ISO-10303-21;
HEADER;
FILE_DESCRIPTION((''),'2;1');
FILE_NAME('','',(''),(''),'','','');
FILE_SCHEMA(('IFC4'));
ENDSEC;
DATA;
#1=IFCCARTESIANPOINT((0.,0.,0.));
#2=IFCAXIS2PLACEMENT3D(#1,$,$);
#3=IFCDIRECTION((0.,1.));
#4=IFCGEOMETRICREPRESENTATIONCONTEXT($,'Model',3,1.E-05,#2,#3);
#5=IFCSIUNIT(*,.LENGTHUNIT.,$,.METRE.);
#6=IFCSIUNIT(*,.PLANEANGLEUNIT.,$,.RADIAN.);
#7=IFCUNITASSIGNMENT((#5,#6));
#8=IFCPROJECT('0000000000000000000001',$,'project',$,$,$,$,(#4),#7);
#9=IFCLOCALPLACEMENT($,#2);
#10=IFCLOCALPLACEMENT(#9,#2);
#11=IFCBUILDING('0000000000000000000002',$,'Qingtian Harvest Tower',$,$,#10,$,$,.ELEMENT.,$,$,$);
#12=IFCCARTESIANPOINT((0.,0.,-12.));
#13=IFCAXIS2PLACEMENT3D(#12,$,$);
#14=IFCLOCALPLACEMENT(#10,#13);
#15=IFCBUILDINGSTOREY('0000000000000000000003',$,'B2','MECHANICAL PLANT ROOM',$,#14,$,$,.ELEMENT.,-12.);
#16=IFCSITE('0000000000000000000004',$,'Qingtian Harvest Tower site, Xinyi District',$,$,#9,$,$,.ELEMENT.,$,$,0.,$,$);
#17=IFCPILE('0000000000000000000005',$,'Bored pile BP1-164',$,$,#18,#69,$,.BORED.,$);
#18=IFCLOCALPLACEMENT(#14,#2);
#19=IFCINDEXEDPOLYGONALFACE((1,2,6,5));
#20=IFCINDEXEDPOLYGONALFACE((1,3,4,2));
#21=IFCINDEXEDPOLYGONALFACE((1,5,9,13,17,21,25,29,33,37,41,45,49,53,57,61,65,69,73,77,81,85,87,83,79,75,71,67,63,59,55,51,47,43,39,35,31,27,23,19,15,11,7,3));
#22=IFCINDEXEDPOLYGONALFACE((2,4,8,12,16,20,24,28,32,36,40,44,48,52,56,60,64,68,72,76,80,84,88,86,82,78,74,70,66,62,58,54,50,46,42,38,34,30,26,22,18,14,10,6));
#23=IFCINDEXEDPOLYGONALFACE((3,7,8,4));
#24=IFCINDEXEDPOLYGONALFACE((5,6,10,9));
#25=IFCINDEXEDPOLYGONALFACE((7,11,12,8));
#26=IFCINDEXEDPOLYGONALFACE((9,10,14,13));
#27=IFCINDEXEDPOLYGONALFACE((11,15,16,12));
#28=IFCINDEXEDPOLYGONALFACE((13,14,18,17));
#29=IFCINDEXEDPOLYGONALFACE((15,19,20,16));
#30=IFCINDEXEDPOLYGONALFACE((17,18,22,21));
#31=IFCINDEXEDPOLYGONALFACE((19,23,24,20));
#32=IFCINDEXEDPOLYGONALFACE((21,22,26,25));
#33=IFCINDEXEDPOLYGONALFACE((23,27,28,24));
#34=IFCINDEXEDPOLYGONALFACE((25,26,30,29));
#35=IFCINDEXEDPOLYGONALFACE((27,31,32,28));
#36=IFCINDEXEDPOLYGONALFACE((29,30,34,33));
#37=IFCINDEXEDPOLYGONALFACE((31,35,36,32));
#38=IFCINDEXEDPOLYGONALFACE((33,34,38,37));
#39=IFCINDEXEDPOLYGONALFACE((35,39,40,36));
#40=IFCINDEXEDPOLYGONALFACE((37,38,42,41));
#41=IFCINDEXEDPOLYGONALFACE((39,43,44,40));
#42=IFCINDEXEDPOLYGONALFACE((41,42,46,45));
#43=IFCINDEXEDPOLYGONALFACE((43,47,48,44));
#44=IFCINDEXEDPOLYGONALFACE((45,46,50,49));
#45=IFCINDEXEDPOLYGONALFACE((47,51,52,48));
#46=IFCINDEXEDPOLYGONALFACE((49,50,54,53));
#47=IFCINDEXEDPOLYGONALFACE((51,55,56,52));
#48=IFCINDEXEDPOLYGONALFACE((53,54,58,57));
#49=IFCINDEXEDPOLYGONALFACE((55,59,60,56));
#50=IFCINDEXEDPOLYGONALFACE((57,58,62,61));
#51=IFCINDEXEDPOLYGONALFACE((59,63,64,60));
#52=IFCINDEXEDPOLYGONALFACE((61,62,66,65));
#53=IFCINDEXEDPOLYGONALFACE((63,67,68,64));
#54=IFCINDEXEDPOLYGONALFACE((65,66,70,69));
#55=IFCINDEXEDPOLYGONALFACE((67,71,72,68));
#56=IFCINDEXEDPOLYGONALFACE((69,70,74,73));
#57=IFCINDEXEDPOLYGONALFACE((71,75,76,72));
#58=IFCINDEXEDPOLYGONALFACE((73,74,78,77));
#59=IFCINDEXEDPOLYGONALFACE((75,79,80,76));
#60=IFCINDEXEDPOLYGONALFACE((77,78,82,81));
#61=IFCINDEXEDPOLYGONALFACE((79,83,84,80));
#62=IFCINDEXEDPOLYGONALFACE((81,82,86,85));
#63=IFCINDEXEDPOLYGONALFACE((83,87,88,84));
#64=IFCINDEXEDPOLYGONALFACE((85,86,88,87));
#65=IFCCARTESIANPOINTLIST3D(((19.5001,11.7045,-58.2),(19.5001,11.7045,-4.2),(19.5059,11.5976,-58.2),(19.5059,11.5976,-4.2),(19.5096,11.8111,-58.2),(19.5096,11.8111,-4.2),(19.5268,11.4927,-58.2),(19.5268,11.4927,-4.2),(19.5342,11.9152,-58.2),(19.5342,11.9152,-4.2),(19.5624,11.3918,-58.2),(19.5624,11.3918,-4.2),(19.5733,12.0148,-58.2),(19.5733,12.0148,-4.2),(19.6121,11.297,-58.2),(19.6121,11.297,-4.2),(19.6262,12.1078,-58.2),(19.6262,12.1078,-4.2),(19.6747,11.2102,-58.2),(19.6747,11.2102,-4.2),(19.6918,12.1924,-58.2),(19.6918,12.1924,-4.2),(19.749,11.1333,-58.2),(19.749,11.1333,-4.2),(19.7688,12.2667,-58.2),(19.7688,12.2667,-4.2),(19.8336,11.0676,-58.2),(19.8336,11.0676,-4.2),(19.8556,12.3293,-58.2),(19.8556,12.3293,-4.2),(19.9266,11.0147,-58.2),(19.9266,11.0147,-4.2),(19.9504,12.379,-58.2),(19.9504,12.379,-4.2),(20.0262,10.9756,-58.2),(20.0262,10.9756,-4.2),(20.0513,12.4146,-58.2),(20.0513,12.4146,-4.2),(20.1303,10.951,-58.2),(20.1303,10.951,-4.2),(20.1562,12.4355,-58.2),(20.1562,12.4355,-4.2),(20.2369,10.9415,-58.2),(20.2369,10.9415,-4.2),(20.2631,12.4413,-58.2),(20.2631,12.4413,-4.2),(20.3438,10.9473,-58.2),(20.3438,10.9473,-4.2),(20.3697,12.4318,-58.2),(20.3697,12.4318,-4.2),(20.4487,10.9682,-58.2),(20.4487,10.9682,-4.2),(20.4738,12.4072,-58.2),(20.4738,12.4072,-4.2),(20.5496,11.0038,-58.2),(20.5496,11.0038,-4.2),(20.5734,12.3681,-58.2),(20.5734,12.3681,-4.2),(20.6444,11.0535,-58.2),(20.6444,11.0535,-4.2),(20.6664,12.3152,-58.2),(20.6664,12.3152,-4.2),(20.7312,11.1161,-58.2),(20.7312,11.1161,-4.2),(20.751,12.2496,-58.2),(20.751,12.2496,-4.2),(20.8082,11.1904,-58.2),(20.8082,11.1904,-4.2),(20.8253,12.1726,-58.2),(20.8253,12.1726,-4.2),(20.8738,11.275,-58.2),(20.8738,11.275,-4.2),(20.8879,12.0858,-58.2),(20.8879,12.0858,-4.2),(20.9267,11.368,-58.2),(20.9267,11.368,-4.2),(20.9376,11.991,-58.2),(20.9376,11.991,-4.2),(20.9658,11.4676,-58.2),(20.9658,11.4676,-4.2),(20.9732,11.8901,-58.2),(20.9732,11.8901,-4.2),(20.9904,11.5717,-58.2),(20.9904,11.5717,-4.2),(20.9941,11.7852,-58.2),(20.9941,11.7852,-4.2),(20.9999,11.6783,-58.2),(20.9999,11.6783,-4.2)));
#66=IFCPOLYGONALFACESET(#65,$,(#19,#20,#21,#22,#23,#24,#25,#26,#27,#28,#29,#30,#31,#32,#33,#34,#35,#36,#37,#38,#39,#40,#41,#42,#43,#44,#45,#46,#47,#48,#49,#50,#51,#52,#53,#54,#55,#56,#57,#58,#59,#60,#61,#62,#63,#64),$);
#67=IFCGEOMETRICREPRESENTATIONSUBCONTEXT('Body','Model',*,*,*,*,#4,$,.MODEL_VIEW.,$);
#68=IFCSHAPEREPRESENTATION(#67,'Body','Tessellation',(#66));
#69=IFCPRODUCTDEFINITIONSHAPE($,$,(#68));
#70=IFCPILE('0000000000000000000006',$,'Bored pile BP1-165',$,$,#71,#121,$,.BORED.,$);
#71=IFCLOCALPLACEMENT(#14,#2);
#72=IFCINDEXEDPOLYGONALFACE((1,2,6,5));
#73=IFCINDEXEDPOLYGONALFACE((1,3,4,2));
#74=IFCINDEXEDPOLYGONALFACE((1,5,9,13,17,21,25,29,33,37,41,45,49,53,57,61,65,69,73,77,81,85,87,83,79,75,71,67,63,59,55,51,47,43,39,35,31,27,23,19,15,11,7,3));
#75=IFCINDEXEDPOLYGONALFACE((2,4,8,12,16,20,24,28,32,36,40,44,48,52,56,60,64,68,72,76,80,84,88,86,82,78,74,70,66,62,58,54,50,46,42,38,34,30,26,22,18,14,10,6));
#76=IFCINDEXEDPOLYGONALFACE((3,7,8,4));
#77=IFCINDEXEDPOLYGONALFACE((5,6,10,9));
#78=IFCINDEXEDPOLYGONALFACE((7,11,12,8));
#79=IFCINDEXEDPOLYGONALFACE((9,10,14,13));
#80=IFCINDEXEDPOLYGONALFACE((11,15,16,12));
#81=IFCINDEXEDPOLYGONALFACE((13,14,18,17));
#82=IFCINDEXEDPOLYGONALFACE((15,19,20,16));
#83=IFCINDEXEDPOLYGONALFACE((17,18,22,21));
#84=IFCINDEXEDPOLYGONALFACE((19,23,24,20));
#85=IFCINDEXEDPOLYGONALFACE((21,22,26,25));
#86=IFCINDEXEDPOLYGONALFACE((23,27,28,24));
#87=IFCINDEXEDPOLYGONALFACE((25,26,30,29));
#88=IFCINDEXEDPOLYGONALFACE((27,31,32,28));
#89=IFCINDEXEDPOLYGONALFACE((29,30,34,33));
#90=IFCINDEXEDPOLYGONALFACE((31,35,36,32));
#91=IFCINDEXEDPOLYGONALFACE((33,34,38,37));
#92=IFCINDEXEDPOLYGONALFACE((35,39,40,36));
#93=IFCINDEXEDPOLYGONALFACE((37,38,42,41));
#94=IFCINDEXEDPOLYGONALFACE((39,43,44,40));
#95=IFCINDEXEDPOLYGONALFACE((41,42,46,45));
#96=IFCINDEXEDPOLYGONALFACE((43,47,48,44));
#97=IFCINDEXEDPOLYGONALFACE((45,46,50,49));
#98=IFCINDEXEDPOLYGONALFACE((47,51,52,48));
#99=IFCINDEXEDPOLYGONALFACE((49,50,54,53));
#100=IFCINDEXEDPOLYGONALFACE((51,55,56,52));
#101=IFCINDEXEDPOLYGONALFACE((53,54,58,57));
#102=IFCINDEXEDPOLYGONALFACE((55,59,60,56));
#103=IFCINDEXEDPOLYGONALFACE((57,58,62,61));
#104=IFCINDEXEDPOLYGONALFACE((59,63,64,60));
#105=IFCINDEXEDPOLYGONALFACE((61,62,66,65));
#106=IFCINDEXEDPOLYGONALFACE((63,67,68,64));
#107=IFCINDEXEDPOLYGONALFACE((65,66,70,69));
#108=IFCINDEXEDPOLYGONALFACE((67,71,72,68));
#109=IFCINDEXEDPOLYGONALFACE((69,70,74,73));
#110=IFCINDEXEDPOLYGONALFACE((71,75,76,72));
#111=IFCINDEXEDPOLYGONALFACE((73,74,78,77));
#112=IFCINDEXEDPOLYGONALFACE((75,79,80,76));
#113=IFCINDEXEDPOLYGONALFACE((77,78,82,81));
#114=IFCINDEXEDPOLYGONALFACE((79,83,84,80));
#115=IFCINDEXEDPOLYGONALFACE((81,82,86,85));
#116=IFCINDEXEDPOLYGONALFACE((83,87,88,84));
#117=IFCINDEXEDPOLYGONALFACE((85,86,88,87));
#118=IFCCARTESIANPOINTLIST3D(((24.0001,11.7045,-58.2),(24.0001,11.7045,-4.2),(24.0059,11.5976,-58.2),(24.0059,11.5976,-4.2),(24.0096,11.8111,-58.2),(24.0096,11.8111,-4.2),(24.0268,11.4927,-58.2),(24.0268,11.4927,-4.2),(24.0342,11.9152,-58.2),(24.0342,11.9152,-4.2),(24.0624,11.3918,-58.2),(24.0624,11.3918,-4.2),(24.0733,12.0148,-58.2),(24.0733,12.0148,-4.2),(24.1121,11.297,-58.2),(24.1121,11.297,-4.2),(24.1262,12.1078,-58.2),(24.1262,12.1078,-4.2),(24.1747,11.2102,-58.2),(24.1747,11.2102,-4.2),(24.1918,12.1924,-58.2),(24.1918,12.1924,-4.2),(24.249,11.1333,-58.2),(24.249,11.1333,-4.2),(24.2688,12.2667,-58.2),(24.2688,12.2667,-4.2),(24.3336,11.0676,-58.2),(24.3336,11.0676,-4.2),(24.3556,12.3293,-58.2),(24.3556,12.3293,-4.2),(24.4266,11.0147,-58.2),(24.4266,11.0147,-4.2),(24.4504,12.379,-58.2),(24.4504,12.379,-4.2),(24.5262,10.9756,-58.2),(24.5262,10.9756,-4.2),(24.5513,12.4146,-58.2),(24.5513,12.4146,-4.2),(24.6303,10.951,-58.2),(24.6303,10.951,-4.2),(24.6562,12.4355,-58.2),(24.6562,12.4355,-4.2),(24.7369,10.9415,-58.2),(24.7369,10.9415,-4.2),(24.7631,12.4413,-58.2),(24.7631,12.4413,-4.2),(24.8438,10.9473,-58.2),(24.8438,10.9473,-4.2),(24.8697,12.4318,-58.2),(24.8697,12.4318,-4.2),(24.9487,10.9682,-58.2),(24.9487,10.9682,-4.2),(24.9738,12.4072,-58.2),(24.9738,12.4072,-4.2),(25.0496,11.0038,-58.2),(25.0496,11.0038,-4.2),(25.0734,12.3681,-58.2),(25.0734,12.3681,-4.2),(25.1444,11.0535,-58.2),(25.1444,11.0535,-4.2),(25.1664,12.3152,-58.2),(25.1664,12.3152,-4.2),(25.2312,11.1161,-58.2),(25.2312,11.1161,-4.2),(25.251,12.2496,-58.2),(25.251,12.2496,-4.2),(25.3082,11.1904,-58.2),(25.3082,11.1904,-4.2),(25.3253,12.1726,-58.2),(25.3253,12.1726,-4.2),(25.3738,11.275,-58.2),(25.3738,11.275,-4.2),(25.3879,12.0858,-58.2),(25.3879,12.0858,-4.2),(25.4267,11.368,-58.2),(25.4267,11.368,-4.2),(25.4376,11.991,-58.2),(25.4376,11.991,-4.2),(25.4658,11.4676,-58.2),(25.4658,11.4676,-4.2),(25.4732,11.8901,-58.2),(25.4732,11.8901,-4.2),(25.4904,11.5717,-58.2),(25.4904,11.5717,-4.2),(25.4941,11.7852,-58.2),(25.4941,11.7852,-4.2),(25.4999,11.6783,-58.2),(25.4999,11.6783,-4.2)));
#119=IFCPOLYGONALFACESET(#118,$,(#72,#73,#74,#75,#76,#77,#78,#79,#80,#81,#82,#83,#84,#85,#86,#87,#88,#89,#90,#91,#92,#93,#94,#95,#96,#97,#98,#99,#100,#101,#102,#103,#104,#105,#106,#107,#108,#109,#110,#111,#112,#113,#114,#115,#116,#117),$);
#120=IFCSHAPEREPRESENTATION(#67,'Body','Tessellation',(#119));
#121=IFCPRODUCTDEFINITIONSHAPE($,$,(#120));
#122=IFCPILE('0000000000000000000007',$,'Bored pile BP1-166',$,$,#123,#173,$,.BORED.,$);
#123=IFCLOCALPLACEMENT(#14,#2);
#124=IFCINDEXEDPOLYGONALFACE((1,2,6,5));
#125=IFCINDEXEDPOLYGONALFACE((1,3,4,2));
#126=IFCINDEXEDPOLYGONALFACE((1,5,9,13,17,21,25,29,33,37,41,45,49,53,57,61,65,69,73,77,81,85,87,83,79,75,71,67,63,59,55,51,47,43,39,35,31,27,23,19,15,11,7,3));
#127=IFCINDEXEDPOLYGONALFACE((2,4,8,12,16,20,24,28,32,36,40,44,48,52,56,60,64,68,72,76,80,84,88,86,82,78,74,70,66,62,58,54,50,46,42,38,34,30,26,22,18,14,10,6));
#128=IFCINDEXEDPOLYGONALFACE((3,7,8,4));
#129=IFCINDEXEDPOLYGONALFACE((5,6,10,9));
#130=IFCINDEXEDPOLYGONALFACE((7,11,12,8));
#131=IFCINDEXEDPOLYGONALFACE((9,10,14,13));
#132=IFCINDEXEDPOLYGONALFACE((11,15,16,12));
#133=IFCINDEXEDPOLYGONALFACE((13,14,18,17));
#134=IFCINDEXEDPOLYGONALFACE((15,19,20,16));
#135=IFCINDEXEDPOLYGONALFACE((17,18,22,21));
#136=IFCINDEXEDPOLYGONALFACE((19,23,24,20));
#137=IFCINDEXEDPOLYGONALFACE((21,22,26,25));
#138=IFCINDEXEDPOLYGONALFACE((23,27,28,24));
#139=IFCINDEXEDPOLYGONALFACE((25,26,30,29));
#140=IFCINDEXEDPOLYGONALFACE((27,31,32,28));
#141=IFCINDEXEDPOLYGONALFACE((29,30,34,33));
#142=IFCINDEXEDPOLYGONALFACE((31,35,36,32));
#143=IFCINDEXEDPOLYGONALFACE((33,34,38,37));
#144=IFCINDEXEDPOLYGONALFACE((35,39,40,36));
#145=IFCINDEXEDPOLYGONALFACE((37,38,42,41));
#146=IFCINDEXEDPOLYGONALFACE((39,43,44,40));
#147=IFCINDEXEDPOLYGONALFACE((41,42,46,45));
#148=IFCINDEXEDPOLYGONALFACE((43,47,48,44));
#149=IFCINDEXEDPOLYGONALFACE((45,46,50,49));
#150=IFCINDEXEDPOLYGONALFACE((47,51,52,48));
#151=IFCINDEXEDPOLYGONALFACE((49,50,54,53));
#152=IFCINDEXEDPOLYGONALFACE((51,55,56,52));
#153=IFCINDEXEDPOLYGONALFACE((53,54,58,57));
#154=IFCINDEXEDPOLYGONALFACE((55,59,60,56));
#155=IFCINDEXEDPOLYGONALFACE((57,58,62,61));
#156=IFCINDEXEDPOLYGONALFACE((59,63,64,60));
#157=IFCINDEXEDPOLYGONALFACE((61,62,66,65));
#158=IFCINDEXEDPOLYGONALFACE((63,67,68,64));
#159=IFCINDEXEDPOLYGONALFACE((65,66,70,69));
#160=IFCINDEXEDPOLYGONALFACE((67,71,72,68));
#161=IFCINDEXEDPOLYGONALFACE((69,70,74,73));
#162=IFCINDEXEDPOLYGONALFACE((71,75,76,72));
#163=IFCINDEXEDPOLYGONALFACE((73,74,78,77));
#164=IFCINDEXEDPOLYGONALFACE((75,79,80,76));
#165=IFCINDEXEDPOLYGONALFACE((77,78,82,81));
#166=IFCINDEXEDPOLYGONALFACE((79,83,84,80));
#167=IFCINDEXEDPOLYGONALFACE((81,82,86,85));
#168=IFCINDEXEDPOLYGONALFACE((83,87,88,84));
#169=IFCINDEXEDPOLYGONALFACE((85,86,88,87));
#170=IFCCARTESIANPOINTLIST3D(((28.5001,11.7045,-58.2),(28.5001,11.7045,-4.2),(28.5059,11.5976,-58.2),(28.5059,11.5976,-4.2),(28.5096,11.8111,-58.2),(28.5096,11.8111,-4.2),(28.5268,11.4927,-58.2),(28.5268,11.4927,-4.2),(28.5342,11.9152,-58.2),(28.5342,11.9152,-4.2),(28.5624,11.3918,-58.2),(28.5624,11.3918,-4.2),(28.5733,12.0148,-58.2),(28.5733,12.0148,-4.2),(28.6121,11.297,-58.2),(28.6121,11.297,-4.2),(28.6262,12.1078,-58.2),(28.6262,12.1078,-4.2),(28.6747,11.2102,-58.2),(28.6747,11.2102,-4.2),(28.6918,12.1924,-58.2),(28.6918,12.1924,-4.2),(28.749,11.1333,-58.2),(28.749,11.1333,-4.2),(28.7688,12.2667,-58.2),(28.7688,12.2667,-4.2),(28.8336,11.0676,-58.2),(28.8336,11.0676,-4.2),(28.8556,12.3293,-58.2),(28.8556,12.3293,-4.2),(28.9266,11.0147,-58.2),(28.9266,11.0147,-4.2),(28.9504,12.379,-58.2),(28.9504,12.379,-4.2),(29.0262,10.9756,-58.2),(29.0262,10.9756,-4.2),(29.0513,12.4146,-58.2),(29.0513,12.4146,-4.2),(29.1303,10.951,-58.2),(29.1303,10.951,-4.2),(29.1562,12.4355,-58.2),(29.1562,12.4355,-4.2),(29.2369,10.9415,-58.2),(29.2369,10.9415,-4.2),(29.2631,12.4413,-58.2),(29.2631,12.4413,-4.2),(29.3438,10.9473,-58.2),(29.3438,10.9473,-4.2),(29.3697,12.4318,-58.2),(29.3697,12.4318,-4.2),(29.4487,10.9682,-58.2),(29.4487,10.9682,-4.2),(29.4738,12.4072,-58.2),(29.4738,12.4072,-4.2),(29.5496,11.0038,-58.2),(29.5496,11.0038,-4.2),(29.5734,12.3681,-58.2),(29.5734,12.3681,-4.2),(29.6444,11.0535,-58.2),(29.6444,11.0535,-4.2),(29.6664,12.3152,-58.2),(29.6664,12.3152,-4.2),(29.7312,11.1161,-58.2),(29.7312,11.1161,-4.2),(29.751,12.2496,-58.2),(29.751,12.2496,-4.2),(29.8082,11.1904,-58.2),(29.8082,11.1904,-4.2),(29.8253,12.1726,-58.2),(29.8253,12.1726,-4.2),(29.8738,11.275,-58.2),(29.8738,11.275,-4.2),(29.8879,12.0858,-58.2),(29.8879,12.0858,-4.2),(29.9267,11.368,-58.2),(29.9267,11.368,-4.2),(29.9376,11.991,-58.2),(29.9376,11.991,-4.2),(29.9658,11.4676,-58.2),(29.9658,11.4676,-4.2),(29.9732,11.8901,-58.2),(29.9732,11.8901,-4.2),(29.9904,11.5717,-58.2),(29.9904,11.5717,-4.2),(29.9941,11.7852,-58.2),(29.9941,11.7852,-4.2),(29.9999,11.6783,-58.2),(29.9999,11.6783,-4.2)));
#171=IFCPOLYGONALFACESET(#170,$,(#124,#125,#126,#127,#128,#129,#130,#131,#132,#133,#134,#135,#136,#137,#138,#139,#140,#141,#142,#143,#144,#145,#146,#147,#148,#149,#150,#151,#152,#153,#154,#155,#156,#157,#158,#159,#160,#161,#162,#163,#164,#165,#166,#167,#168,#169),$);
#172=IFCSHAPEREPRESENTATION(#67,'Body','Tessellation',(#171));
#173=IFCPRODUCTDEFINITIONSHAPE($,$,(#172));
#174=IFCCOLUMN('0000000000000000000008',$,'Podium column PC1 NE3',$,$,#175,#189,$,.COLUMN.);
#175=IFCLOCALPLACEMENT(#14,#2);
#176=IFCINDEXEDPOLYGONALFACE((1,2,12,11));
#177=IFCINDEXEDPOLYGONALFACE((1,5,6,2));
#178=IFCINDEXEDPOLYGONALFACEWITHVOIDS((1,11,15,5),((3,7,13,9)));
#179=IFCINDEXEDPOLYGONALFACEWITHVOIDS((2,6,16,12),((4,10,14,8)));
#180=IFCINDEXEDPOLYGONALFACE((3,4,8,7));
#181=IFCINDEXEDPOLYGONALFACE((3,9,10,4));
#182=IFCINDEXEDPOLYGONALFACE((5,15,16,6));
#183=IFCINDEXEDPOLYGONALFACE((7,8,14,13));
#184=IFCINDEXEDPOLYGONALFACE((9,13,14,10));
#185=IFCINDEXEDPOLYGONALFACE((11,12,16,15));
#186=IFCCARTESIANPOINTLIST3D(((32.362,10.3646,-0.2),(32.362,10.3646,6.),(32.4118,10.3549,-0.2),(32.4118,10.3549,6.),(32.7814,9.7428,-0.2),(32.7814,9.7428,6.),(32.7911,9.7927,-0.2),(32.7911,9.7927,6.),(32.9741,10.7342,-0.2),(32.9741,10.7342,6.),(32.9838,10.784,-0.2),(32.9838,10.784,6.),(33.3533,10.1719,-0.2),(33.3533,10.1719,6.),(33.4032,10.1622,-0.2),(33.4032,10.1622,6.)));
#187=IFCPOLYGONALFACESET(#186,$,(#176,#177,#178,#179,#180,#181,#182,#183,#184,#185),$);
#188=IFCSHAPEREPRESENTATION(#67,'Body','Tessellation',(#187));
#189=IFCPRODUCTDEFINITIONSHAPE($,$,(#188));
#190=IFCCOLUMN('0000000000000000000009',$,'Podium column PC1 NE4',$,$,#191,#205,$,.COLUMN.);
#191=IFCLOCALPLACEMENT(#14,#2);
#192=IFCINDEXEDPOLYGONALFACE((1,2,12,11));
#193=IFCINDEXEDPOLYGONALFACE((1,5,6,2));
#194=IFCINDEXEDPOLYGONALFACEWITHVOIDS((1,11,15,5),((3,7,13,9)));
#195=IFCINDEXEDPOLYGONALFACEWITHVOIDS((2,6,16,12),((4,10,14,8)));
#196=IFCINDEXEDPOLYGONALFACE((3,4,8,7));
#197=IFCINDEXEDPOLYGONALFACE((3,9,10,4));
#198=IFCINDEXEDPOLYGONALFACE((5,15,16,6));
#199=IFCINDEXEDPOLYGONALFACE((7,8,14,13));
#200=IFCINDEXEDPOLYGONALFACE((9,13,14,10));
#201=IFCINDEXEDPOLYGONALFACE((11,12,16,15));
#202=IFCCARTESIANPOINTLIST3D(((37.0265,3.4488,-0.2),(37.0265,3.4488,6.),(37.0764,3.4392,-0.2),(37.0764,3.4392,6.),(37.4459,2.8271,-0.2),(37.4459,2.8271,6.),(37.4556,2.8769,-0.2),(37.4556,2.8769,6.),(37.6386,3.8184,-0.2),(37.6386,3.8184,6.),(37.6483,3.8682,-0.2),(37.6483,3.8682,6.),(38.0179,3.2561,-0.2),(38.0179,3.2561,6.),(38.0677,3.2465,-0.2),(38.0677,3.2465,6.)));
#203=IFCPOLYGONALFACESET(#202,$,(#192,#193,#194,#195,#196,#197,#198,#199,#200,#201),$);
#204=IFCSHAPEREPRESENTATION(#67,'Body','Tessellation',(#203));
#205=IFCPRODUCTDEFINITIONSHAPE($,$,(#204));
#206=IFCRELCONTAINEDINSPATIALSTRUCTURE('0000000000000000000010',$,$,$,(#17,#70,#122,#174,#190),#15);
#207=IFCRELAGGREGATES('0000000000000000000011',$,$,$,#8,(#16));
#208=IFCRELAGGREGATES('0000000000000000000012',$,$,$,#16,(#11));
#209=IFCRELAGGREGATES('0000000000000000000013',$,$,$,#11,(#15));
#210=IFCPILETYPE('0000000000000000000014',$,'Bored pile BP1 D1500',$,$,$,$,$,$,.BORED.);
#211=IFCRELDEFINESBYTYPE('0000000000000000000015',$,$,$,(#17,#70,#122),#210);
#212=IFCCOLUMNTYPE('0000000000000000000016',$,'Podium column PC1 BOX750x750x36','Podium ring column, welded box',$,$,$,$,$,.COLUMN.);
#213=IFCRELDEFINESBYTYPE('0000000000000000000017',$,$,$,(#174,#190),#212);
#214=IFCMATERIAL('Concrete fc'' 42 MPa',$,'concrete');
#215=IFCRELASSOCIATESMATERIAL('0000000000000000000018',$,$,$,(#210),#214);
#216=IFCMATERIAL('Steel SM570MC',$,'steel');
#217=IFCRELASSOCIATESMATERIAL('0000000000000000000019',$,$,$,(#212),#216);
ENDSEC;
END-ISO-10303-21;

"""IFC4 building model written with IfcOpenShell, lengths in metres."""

from ifc_helpers import new_model, si_unit, direction, frame, frame_2d, origin, origin_2d, place, context, subcontext, project, spatial, hollow_rectangle, circle, extrude, material, material_profile, profile_set, type_object, element, save


model = new_model("IFC4")

# Units and contexts
model_context = context("Model", 3, precision=1e-05, world=origin(), true_north=direction((0.0, 1.0)))
body_context = subcontext(model_context, "Body", "Model", "MODEL_VIEW")
ifc_project = project(units=[si_unit("LENGTHUNIT", "METRE"), si_unit("PLANEANGLEUNIT", "RADIAN")], contexts=[model_context])

# Site, building, storey
site_placement = place(None, origin())
site = spatial("IfcSite", under=ifc_project, at=site_placement, Name="Qingtian Harvest Tower site, Xinyi District", CompositionType="ELEMENT", RefElevation=0.0)
building_placement = place(site_placement, origin())
building = spatial("IfcBuilding", under=site, at=building_placement, Name="Qingtian Harvest Tower", CompositionType="ELEMENT")
storey_placement = place(building_placement, frame((0.0, 0.0, -12.0)))
storey = spatial("IfcBuildingStorey", under=building, at=storey_placement, Name="B2", Description="MECHANICAL PLANT ROOM", CompositionType="ELEMENT", Elevation=-12.0)

# Piles
ifc_material_1 = material(Name="Concrete fc' 42 MPa", Category="concrete")
ifc_material_profile_1 = material_profile(ifc_material_1, circle(Radius=0.75, at=frame_2d((0.0, 0.0), x_axis=(0.999848, 0.017452))), Name="Bored pile BP1 D1500")
ifc_profile_set_1 = profile_set([ifc_material_profile_1], Name="Concrete fc' 42 MPa")
pile_type = type_object("IfcPileType", Name="Bored pile BP1 D1500", PredefinedType="BORED", material=ifc_profile_set_1)
for number, where, z_axis, x_axis, name in (
    (1, (20.25, 11.6914, -4.2), (0.0, 0.0, -1.0), (1.0, 0.0, 0.0), "Bored pile BP1-164"),
    (2, (24.75, 11.6914, -4.2), (0.0, 0.0, -1.0), (1.0, 0.0, 0.0), "Bored pile BP1-165"),
    (3, (29.25, 11.6914, -4.2), (0.0, 0.0, -1.0), (1.0, 0.0, 0.0), "Bored pile BP1-166"),
):
    element("IfcPile", number, at=place(storey_placement, frame(where, z_axis=z_axis, x_axis=x_axis)), inside=storey, type_object=pile_type, Name=name, PredefinedType="BORED", context=body_context, shape_type="SweptSolid", body=[
        extrude(circle(Radius=0.75, at=frame_2d((0.0, 0.0), x_axis=(0.999848, 0.017452))), origin(), (0.0, 0.0, 1.0), 54.0),
    ])

# Columns
ifc_material_2 = material(Name="Steel SM570MC", Category="steel")
ifc_material_profile_2 = material_profile(ifc_material_2, hollow_rectangle(XDim=0.75, YDim=0.75, WallThickness=0.0359, at=origin_2d()), Name="BOX750x750x36")
ifc_profile_set_2 = profile_set([ifc_material_profile_2], Name="Steel SM570MC")
column_type_1 = type_object("IfcColumnType", Name="Podium column PC1 BOX750x750x36", Description="Podium ring column, welded box", PredefinedType="COLUMN", material=ifc_profile_set_2)
for number, where, z_axis, x_axis, name in (
    (4, (32.8826, 10.2634, -0.2), (0.0, 0.0, 1.0), (-0.559193, 0.829038, 0.0), "Podium column PC1 NE3"),
    (5, (37.5471, 3.3477, -0.2), (0.0, 0.0, 1.0), (-0.559193, 0.829038, 0.0), "Podium column PC1 NE4"),
):
    element("IfcColumn", number, at=place(storey_placement, frame(where, z_axis=z_axis, x_axis=x_axis)), inside=storey, type_object=column_type_1, Name=name, PredefinedType="COLUMN", context=body_context, shape_type="SweptSolid", body=[
        extrude(hollow_rectangle(XDim=0.75, YDim=0.75, WallThickness=0.0359, at=origin_2d()), origin(), (0.0, 0.0, 1.0), 6.2),
    ])

save(model, "model.ifc")
